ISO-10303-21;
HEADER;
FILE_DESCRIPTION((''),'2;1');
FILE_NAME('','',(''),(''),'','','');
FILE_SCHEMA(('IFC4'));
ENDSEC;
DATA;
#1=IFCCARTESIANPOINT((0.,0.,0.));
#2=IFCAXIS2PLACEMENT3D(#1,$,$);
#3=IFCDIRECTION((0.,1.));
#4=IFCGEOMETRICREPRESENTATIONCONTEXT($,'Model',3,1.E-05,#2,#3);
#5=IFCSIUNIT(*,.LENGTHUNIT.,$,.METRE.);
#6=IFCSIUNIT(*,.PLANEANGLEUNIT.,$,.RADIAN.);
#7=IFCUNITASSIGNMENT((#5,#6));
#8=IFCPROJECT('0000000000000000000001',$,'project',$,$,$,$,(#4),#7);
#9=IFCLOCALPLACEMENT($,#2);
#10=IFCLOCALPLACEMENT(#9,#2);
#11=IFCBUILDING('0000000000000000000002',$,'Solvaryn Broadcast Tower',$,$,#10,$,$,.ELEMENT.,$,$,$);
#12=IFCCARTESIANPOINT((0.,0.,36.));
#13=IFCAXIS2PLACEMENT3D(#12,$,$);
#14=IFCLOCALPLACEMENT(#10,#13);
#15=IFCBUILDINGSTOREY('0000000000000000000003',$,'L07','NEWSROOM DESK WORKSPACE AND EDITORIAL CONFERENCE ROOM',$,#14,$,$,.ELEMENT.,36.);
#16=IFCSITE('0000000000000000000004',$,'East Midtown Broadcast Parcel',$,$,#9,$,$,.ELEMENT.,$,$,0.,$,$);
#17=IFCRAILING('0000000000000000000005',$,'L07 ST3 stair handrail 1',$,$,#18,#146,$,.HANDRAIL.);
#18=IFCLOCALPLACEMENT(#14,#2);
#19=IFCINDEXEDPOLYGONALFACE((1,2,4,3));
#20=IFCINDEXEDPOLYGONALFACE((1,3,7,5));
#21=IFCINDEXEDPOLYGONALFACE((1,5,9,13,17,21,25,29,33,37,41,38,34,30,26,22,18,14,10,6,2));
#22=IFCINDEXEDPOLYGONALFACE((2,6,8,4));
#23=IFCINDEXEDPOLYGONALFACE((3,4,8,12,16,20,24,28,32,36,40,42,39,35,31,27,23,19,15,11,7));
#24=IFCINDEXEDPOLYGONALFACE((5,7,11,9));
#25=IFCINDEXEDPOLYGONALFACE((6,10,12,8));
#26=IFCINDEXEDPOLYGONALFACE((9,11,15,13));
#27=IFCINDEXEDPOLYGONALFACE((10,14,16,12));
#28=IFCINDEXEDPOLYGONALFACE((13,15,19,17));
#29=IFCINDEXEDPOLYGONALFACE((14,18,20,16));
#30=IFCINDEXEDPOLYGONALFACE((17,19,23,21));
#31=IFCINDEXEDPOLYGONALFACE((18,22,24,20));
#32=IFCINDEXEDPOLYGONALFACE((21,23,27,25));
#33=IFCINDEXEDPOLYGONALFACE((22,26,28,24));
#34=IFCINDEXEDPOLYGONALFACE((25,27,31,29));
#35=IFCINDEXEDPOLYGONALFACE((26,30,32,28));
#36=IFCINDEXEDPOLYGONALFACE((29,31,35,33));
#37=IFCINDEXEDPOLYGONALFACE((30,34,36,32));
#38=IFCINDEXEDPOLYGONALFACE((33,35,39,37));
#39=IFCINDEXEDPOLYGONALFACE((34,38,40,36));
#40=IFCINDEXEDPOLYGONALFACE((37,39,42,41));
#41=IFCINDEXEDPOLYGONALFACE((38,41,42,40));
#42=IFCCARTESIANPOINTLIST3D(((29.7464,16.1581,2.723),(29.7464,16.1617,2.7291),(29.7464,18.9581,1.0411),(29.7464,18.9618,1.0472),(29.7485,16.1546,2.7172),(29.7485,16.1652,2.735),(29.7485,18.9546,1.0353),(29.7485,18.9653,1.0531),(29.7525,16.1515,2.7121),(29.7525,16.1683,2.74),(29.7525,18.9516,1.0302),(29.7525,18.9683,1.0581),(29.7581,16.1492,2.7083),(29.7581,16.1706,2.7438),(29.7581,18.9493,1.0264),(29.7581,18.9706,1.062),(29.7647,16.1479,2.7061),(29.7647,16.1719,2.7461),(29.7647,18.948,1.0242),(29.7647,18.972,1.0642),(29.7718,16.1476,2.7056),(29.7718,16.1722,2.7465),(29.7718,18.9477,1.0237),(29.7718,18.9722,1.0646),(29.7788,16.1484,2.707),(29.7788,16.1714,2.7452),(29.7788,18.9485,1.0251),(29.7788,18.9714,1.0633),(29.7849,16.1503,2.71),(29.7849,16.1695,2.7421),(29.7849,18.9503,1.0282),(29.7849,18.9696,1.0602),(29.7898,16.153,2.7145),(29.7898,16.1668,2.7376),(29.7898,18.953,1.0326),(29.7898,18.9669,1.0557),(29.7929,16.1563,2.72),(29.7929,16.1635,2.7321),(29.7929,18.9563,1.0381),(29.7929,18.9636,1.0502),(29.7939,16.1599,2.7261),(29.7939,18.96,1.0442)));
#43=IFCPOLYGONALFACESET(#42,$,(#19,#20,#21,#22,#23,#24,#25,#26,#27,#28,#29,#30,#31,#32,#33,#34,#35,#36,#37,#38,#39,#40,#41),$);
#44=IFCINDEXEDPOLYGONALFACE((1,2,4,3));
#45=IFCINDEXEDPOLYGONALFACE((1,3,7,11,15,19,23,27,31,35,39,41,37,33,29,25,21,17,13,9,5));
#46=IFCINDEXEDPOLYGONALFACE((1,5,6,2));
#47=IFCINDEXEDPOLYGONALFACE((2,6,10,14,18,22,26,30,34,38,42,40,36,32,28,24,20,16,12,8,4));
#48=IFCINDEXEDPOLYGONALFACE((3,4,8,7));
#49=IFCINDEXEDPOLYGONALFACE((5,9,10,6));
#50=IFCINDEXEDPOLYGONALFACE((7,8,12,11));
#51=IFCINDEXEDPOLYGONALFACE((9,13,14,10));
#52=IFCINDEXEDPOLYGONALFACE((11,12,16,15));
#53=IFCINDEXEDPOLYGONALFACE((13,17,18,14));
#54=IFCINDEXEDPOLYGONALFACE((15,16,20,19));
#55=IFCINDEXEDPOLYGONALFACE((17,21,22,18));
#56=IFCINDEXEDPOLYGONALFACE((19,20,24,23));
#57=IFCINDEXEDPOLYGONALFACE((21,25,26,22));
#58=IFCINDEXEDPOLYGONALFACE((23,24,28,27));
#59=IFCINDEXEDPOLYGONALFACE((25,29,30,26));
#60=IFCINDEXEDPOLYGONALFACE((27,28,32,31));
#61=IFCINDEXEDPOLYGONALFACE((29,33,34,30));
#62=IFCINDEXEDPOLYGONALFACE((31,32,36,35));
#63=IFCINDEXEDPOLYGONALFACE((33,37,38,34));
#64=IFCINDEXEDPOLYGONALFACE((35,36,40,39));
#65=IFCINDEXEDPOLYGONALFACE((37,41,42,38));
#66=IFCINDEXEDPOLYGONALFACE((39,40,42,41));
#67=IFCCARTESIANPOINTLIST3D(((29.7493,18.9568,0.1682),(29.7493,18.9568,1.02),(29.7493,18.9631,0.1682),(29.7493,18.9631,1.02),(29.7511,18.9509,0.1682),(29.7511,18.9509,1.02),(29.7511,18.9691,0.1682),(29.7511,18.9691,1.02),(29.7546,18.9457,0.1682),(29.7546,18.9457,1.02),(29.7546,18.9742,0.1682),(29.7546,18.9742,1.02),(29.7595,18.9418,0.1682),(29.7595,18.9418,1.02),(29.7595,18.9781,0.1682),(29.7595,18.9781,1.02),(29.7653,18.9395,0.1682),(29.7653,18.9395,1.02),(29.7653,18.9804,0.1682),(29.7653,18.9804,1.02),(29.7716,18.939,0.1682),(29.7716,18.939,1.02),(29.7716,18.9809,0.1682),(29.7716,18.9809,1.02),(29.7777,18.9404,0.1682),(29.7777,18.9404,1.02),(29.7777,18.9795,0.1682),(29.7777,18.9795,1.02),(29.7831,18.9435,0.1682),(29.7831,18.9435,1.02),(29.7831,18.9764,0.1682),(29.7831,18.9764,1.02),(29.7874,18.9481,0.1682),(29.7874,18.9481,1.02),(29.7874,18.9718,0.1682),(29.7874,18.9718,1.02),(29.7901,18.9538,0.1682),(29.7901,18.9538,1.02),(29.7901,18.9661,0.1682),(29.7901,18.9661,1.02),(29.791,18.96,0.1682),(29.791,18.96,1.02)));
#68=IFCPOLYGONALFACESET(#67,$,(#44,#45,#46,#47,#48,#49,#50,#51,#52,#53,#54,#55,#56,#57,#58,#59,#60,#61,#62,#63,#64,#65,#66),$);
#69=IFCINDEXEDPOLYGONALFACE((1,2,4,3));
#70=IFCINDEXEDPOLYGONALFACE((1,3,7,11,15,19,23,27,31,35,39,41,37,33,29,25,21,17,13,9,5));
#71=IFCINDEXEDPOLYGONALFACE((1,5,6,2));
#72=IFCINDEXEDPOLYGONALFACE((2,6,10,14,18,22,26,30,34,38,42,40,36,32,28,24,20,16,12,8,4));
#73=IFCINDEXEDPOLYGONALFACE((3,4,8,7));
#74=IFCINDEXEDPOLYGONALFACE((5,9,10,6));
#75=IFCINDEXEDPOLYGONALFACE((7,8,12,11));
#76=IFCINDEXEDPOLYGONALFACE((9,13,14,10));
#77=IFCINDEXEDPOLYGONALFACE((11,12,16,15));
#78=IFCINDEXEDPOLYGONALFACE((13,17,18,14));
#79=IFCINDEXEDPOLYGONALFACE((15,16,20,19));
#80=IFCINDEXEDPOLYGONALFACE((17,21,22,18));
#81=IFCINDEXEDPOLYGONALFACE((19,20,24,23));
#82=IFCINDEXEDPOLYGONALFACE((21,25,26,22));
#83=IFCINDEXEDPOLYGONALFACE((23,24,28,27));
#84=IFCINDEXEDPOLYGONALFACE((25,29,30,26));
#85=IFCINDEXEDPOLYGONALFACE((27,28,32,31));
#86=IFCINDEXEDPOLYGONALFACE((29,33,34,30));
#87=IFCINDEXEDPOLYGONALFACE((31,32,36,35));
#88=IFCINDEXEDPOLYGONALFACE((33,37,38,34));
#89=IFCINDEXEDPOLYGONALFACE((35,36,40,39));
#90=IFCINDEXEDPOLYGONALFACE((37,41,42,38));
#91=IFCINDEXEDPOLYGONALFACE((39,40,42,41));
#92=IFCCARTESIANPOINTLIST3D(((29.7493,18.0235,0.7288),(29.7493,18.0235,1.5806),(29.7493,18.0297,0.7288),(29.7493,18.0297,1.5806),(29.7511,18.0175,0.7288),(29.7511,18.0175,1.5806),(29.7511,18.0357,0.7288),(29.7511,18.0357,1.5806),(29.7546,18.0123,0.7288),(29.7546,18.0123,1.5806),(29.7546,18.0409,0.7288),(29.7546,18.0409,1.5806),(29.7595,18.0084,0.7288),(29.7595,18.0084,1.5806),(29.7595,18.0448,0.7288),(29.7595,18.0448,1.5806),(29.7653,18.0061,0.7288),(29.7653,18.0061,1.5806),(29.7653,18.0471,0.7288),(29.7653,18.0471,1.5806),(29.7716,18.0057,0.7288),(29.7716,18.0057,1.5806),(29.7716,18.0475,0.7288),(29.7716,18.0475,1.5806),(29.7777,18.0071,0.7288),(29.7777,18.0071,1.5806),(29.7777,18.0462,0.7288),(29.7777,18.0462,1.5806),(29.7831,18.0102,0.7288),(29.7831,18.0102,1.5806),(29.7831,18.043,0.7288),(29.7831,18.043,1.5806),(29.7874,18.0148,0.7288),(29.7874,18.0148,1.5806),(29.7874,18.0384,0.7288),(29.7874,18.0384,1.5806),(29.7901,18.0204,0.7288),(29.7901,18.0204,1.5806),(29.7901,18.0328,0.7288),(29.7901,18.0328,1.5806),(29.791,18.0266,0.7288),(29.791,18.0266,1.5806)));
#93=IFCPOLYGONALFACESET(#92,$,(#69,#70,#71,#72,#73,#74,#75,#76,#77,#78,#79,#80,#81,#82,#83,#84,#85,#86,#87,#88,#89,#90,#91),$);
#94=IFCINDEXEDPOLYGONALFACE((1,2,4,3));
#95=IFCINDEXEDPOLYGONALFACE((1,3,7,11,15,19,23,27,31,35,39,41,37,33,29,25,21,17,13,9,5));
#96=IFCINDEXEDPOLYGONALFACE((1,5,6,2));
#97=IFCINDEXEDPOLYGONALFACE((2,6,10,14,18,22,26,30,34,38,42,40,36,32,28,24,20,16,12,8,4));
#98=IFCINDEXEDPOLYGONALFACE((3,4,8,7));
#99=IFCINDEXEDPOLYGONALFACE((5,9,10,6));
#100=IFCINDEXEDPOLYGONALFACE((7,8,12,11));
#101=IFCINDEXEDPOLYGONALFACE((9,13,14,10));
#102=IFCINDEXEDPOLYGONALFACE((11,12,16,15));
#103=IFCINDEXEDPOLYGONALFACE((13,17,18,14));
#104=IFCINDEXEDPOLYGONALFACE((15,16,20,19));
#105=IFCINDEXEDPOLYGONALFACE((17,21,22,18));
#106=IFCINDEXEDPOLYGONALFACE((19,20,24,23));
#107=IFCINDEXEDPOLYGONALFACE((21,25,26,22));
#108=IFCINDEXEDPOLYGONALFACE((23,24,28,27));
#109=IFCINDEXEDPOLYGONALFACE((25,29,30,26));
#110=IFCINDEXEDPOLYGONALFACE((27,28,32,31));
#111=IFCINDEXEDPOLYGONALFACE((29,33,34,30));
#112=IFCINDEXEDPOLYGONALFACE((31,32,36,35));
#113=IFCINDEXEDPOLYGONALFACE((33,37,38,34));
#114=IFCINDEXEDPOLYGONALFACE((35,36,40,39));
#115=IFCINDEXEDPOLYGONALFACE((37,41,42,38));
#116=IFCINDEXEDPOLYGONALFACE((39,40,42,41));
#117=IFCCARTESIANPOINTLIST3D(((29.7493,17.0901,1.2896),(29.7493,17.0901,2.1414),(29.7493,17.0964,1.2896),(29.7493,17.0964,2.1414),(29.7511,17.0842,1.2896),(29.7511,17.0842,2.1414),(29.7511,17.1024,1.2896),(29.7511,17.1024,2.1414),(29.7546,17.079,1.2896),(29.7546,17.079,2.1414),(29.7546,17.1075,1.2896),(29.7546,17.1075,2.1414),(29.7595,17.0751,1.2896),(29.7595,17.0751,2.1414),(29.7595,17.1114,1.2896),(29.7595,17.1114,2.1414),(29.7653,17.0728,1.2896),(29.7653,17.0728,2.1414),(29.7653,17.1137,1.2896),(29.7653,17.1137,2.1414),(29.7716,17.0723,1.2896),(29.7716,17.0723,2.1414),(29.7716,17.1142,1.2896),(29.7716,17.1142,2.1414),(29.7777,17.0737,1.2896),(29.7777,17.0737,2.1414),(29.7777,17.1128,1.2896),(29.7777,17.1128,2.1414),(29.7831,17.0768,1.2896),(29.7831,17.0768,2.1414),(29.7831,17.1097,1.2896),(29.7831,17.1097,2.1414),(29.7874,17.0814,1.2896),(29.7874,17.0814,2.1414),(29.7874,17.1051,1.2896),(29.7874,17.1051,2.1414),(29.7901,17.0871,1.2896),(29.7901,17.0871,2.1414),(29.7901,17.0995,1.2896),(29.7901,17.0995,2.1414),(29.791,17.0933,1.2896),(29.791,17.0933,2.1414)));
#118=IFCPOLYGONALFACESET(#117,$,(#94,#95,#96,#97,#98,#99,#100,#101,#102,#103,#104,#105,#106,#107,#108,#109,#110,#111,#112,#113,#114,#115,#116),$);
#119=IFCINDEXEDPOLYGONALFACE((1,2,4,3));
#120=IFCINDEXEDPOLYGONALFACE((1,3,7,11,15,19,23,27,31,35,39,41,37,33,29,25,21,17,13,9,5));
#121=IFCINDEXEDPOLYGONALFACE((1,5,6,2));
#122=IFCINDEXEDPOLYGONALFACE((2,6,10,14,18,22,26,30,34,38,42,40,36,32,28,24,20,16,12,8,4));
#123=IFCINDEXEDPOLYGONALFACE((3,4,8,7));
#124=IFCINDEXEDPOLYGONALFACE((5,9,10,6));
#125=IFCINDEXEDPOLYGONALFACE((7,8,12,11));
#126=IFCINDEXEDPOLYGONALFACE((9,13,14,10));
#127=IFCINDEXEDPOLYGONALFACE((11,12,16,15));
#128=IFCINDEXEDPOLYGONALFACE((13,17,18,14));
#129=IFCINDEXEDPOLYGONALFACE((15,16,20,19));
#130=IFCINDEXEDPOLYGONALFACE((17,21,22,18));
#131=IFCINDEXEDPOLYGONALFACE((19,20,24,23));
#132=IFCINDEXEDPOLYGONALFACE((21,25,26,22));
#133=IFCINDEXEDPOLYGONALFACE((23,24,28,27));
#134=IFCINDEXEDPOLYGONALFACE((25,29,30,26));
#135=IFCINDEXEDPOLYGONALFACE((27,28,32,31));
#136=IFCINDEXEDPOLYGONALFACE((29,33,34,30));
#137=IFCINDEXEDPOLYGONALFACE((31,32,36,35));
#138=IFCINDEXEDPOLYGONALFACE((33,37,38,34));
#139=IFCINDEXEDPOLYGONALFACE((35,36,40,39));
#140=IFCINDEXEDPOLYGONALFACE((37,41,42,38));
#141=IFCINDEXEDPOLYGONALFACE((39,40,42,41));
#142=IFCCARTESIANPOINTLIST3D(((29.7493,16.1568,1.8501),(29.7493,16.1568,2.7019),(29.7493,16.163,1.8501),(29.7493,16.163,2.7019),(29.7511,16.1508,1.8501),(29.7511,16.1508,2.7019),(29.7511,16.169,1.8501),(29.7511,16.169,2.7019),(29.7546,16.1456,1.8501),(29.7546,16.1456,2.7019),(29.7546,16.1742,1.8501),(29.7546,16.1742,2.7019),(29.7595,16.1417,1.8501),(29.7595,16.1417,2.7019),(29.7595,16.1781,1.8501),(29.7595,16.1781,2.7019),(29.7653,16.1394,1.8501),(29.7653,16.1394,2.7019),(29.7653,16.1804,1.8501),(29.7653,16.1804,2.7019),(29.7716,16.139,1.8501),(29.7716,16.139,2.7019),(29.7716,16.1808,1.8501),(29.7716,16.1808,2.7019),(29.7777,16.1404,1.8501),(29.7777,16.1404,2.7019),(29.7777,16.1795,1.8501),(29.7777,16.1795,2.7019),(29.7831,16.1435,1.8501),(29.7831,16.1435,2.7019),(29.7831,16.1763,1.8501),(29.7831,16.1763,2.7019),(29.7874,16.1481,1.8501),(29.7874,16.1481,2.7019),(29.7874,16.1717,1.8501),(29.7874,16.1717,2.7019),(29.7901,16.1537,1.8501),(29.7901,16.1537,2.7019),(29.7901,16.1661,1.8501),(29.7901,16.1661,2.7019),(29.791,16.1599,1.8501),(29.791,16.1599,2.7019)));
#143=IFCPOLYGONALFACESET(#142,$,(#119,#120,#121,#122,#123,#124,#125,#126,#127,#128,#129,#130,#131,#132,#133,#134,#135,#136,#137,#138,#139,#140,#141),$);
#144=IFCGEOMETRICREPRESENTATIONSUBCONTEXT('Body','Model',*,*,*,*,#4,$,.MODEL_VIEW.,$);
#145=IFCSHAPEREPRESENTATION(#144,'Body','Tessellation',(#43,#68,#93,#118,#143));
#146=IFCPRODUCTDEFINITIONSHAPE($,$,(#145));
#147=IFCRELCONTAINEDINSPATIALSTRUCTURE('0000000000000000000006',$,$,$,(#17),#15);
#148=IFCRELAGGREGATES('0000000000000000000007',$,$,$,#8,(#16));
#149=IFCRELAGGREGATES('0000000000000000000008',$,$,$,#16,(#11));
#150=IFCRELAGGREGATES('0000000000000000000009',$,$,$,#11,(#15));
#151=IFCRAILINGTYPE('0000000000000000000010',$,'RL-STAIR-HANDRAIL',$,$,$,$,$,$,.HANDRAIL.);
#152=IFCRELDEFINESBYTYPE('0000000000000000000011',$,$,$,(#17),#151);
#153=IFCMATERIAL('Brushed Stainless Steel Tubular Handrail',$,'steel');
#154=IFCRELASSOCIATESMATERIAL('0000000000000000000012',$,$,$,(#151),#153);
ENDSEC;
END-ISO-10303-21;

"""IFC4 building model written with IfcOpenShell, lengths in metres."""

from ifc_helpers import new_model, si_unit, direction, frame, origin, origin_2d, place, context, subcontext, project, spatial, circle, extrude, material, type_object, element, save


model = new_model("IFC4")

# Units and contexts
model_context = context("Model", 3, precision=1e-05, world=origin(), true_north=direction((0.0, 1.0)))
body_context = subcontext(model_context, "Body", "Model", "MODEL_VIEW")
ifc_project = project(units=[si_unit("LENGTHUNIT", "METRE"), si_unit("PLANEANGLEUNIT", "RADIAN")], contexts=[model_context])

# Site, building, storey
site_placement = place(None, origin())
site = spatial("IfcSite", under=ifc_project, at=site_placement, Name="East Midtown Broadcast Parcel", CompositionType="ELEMENT", RefElevation=0.0)
building_placement = place(site_placement, origin())
building = spatial("IfcBuilding", under=site, at=building_placement, Name="Solvaryn Broadcast Tower", CompositionType="ELEMENT")
storey_placement = place(building_placement, frame((0.0, 0.0, 36.0)))
storey = spatial("IfcBuildingStorey", under=building, at=storey_placement, Name="L07", Description="NEWSROOM DESK WORKSPACE AND EDITORIAL CONFERENCE ROOM", CompositionType="ELEMENT", Elevation=36.0)

# Railing
ifc_material_1 = material(Name="Brushed Stainless Steel Tubular Handrail", Category="steel")
railing_type_1 = type_object("IfcRailingType", Name="RL-STAIR-HANDRAIL", PredefinedType="HANDRAIL", material=ifc_material_1)
railing_1_placement = place(storey_placement, frame((29.77, 18.96, 0.1682)))
element("IfcRailing", 1, at=railing_1_placement, inside=storey, type_object=railing_type_1, Name="L07 ST3 stair handrail 1", PredefinedType="HANDRAIL", context=body_context, shape_type="SweptSolid", body=[
    extrude(circle(Radius=0.0239, at=origin_2d()), frame((0.0, 0.0, 0.876), z_axis=(0.0, -0.857242, 0.514913), x_axis=(1.0, 0.0, 0.0)), (0.0, 0.0, 1.0), 3.2664),
    extrude(circle(Radius=0.021, at=origin_2d()), origin(), (0.0, 0.0, 1.0), 0.8518),
    extrude(circle(Radius=0.021, at=origin_2d()), frame((0.0, -0.9333, 0.5605)), (0.0, 0.0, 1.0), 0.8518),
    extrude(circle(Radius=0.021, at=origin_2d()), frame((0.0, -1.8667, 1.1213)), (0.0, 0.0, 1.0), 0.8518),
    extrude(circle(Radius=0.021, at=origin_2d()), frame((0.0, -2.8, 1.6819)), (0.0, 0.0, 1.0), 0.8518),
])

save(model, "model.ifc")
